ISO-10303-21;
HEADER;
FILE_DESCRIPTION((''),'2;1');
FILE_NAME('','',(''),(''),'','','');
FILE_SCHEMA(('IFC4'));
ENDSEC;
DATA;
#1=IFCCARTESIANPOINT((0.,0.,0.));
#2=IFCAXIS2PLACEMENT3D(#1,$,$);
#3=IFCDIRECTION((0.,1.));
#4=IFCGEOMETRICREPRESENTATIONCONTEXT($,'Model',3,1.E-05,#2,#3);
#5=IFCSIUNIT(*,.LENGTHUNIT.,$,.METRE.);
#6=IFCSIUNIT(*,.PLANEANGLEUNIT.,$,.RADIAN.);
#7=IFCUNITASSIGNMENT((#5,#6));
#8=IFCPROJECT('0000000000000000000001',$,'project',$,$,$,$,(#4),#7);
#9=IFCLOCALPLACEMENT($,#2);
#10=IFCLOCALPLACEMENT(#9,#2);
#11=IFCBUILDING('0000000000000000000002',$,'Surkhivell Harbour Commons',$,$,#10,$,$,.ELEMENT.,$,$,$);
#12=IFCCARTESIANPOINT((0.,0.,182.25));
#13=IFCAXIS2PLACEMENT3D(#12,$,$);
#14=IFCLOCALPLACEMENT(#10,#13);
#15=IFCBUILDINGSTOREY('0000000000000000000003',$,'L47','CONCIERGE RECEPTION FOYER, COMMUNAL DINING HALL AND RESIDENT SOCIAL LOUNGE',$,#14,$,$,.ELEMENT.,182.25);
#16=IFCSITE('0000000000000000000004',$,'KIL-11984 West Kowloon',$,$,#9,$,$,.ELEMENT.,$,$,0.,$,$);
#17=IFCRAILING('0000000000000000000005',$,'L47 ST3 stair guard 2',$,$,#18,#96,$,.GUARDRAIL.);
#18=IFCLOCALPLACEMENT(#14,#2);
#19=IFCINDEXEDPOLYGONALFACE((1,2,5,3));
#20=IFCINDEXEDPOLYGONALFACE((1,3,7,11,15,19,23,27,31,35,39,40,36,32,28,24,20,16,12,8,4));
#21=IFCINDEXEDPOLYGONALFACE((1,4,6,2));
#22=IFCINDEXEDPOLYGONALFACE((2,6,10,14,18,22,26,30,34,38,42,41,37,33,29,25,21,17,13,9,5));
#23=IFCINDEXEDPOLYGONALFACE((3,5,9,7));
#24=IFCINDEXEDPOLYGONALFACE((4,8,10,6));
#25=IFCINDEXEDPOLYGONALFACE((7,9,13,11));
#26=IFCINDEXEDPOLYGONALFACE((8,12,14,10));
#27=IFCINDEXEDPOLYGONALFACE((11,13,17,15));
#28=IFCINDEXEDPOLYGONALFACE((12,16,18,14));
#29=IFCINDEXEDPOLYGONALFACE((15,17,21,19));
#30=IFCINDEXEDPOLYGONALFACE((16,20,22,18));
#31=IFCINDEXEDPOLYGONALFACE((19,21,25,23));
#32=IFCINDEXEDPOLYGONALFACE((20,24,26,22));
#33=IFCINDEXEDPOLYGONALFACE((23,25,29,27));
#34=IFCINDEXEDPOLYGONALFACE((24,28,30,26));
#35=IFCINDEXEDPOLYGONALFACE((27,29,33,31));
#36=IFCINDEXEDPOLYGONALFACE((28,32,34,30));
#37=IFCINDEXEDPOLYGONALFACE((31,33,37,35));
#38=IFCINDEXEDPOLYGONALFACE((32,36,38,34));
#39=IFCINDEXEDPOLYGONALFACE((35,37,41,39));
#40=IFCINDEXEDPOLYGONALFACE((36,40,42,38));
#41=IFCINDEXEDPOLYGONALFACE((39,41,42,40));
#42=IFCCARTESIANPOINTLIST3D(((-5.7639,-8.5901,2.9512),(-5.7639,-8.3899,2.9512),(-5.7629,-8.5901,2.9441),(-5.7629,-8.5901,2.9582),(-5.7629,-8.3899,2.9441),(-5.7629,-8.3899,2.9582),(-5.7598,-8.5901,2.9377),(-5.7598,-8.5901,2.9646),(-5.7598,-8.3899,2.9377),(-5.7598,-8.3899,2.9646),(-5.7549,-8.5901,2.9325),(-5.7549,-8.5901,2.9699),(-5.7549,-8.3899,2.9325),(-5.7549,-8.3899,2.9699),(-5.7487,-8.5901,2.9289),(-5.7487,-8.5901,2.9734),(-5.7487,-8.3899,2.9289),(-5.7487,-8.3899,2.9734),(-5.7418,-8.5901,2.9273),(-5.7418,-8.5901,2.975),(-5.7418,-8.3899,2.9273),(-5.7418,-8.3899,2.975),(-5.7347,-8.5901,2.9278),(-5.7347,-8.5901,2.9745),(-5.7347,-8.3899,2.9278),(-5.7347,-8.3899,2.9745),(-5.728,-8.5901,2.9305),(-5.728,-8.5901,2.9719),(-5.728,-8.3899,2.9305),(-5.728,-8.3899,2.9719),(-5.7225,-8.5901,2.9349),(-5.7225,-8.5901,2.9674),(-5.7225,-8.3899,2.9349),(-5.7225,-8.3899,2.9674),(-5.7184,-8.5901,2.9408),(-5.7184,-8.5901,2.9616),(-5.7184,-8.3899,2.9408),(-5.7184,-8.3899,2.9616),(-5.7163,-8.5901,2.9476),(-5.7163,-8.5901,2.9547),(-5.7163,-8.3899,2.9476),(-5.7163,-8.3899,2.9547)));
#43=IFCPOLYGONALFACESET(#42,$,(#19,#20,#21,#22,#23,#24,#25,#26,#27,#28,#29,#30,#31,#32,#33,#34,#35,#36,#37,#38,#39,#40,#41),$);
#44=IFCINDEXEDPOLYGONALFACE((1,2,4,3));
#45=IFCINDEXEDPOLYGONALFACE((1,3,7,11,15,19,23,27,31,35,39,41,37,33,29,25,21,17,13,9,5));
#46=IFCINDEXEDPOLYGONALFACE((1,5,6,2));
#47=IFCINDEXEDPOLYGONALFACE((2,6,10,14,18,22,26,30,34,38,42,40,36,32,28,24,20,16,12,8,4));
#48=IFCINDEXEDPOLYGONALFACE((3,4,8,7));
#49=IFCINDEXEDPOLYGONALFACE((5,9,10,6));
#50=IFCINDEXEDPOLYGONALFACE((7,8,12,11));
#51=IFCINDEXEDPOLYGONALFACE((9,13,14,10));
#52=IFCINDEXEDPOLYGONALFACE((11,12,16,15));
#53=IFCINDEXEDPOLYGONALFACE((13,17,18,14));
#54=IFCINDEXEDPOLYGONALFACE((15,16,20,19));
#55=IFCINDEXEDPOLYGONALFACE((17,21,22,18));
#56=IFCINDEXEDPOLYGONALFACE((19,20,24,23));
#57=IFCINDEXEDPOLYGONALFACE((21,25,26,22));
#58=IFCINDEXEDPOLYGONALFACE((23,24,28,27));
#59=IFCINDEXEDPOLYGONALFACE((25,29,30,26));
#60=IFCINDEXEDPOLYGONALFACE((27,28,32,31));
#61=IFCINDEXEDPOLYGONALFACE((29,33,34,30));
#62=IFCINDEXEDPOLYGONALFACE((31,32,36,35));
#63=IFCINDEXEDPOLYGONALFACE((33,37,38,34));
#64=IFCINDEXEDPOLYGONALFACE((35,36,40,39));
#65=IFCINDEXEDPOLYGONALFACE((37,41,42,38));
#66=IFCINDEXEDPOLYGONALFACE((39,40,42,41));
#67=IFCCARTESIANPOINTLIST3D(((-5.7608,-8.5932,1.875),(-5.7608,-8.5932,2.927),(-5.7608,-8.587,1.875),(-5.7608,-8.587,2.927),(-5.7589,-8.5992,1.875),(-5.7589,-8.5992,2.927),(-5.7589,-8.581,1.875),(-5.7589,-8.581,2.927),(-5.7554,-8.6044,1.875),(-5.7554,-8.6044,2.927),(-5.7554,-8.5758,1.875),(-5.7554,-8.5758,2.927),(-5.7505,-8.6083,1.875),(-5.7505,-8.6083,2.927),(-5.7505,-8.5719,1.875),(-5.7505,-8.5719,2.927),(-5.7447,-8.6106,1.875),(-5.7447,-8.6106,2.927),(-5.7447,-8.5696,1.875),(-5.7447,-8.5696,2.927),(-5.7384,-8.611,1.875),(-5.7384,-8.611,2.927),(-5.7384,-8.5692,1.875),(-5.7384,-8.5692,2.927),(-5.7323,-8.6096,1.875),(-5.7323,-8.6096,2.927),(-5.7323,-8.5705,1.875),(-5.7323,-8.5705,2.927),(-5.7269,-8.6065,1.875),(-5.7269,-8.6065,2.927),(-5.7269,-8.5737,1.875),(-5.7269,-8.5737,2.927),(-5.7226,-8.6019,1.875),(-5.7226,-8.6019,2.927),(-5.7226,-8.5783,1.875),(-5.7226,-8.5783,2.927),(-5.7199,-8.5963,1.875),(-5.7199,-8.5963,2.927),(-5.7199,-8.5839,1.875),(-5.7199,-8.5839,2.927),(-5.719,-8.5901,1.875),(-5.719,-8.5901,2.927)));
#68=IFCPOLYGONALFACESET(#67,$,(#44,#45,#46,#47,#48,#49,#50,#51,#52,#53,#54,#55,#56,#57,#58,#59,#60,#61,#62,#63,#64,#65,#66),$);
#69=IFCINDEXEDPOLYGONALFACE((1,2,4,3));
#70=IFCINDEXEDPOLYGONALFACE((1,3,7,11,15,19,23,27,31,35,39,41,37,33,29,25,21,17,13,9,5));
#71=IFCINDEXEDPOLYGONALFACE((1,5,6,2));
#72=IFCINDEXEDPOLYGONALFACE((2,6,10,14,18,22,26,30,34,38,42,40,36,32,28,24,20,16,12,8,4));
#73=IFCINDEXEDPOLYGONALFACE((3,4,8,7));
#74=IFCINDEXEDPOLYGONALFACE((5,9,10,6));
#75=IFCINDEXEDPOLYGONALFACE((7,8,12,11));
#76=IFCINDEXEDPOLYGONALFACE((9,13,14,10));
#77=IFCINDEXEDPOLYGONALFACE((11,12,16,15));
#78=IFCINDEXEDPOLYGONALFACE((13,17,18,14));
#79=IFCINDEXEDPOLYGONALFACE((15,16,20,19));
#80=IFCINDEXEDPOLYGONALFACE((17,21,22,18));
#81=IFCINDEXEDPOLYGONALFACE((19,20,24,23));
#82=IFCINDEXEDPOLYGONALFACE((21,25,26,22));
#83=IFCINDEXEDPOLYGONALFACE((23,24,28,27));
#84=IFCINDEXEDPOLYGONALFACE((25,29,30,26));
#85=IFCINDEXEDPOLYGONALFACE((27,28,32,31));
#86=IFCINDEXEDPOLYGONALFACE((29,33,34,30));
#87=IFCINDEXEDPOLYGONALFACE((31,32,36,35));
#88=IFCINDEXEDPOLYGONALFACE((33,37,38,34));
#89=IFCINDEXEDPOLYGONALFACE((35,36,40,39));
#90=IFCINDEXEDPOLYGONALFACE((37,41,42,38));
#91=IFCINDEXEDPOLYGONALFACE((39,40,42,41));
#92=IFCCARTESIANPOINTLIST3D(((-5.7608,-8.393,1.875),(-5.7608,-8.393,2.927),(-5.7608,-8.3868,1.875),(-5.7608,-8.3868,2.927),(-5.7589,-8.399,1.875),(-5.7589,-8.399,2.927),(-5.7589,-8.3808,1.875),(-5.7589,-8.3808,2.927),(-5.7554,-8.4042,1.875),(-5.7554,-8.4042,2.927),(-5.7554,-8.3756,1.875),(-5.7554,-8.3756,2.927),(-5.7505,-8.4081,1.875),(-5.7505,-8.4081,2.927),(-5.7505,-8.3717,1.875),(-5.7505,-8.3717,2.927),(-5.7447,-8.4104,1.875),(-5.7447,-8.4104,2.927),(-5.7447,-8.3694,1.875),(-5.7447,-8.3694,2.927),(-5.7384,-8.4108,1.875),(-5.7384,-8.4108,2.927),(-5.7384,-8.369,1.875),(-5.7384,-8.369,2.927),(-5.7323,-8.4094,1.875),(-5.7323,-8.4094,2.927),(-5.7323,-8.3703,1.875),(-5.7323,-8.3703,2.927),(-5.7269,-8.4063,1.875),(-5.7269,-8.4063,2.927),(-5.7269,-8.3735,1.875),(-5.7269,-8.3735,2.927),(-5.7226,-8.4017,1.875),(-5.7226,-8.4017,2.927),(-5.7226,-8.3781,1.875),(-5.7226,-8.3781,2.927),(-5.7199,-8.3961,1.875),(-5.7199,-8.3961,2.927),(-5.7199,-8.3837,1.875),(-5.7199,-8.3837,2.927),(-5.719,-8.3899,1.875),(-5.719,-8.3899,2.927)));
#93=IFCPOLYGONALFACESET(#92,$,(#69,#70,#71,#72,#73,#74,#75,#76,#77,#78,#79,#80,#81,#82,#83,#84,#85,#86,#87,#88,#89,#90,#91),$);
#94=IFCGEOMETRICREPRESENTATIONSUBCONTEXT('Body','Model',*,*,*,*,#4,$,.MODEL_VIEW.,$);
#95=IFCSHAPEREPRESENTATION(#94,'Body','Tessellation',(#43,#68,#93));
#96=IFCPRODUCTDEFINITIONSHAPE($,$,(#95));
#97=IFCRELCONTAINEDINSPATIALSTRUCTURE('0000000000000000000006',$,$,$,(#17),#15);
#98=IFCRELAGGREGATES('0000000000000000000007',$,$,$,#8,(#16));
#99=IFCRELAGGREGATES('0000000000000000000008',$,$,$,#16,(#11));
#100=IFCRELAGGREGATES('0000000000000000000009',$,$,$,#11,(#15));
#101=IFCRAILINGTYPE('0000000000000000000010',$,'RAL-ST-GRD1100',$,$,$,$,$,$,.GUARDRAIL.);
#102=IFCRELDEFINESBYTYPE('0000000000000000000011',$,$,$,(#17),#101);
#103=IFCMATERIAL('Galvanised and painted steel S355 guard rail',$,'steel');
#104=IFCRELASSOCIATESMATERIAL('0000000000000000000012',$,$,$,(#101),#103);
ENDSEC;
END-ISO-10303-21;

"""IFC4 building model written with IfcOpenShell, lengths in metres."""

from ifc_helpers import new_model, si_unit, direction, frame, origin, origin_2d, place, context, subcontext, project, spatial, circle, extrude, material, type_object, element, save


model = new_model("IFC4")

# Units and contexts
model_context = context("Model", 3, precision=1e-05, world=origin(), true_north=direction((0.0, 1.0)))
body_context = subcontext(model_context, "Body", "Model", "MODEL_VIEW")
ifc_project = project(units=[si_unit("LENGTHUNIT", "METRE"), si_unit("PLANEANGLEUNIT", "RADIAN")], contexts=[model_context])

# Site, building, storey
site_placement = place(None, origin())
site = spatial("IfcSite", under=ifc_project, at=site_placement, Name="KIL-11984 West Kowloon", CompositionType="ELEMENT", RefElevation=0.0)
building_placement = place(site_placement, origin())
building = spatial("IfcBuilding", under=site, at=building_placement, Name="Surkhivell Harbour Commons", CompositionType="ELEMENT")
storey_placement = place(building_placement, frame((0.0, 0.0, 182.25)))
storey = spatial("IfcBuildingStorey", under=building, at=storey_placement, Name="L47", Description="CONCIERGE RECEPTION FOYER, COMMUNAL DINING HALL AND RESIDENT SOCIAL LOUNGE", CompositionType="ELEMENT", Elevation=182.25)

# Railing
ifc_material_1 = material(Name="Galvanised and painted steel S355 guard rail", Category="steel")
railing_type_1 = type_object("IfcRailingType", Name="RAL-ST-GRD1100", PredefinedType="GUARDRAIL", material=ifc_material_1)
railing_1_placement = place(storey_placement, frame((-5.74, -8.5901, 1.875)))
element("IfcRailing", 1, at=railing_1_placement, inside=storey, type_object=railing_type_1, Name="L47 ST3 stair guard 2", PredefinedType="GUARDRAIL", context=body_context, shape_type="SweptSolid", body=[
    extrude(circle(Radius=0.0239, at=origin_2d()), frame((0.0, 0.0, 1.0762), z_axis=(0.0, 1.0, 0.0), x_axis=(-1.0, 0.0, 0.0)), (0.0, 0.0, 1.0), 0.2002),
    extrude(circle(Radius=0.021, at=origin_2d()), origin(), (0.0, 0.0, 1.0), 1.052),
    extrude(circle(Radius=0.021, at=origin_2d()), frame((0.0, 0.2002, 0.0)), (0.0, 0.0, 1.0), 1.052),
])

save(model, "model.ifc")
